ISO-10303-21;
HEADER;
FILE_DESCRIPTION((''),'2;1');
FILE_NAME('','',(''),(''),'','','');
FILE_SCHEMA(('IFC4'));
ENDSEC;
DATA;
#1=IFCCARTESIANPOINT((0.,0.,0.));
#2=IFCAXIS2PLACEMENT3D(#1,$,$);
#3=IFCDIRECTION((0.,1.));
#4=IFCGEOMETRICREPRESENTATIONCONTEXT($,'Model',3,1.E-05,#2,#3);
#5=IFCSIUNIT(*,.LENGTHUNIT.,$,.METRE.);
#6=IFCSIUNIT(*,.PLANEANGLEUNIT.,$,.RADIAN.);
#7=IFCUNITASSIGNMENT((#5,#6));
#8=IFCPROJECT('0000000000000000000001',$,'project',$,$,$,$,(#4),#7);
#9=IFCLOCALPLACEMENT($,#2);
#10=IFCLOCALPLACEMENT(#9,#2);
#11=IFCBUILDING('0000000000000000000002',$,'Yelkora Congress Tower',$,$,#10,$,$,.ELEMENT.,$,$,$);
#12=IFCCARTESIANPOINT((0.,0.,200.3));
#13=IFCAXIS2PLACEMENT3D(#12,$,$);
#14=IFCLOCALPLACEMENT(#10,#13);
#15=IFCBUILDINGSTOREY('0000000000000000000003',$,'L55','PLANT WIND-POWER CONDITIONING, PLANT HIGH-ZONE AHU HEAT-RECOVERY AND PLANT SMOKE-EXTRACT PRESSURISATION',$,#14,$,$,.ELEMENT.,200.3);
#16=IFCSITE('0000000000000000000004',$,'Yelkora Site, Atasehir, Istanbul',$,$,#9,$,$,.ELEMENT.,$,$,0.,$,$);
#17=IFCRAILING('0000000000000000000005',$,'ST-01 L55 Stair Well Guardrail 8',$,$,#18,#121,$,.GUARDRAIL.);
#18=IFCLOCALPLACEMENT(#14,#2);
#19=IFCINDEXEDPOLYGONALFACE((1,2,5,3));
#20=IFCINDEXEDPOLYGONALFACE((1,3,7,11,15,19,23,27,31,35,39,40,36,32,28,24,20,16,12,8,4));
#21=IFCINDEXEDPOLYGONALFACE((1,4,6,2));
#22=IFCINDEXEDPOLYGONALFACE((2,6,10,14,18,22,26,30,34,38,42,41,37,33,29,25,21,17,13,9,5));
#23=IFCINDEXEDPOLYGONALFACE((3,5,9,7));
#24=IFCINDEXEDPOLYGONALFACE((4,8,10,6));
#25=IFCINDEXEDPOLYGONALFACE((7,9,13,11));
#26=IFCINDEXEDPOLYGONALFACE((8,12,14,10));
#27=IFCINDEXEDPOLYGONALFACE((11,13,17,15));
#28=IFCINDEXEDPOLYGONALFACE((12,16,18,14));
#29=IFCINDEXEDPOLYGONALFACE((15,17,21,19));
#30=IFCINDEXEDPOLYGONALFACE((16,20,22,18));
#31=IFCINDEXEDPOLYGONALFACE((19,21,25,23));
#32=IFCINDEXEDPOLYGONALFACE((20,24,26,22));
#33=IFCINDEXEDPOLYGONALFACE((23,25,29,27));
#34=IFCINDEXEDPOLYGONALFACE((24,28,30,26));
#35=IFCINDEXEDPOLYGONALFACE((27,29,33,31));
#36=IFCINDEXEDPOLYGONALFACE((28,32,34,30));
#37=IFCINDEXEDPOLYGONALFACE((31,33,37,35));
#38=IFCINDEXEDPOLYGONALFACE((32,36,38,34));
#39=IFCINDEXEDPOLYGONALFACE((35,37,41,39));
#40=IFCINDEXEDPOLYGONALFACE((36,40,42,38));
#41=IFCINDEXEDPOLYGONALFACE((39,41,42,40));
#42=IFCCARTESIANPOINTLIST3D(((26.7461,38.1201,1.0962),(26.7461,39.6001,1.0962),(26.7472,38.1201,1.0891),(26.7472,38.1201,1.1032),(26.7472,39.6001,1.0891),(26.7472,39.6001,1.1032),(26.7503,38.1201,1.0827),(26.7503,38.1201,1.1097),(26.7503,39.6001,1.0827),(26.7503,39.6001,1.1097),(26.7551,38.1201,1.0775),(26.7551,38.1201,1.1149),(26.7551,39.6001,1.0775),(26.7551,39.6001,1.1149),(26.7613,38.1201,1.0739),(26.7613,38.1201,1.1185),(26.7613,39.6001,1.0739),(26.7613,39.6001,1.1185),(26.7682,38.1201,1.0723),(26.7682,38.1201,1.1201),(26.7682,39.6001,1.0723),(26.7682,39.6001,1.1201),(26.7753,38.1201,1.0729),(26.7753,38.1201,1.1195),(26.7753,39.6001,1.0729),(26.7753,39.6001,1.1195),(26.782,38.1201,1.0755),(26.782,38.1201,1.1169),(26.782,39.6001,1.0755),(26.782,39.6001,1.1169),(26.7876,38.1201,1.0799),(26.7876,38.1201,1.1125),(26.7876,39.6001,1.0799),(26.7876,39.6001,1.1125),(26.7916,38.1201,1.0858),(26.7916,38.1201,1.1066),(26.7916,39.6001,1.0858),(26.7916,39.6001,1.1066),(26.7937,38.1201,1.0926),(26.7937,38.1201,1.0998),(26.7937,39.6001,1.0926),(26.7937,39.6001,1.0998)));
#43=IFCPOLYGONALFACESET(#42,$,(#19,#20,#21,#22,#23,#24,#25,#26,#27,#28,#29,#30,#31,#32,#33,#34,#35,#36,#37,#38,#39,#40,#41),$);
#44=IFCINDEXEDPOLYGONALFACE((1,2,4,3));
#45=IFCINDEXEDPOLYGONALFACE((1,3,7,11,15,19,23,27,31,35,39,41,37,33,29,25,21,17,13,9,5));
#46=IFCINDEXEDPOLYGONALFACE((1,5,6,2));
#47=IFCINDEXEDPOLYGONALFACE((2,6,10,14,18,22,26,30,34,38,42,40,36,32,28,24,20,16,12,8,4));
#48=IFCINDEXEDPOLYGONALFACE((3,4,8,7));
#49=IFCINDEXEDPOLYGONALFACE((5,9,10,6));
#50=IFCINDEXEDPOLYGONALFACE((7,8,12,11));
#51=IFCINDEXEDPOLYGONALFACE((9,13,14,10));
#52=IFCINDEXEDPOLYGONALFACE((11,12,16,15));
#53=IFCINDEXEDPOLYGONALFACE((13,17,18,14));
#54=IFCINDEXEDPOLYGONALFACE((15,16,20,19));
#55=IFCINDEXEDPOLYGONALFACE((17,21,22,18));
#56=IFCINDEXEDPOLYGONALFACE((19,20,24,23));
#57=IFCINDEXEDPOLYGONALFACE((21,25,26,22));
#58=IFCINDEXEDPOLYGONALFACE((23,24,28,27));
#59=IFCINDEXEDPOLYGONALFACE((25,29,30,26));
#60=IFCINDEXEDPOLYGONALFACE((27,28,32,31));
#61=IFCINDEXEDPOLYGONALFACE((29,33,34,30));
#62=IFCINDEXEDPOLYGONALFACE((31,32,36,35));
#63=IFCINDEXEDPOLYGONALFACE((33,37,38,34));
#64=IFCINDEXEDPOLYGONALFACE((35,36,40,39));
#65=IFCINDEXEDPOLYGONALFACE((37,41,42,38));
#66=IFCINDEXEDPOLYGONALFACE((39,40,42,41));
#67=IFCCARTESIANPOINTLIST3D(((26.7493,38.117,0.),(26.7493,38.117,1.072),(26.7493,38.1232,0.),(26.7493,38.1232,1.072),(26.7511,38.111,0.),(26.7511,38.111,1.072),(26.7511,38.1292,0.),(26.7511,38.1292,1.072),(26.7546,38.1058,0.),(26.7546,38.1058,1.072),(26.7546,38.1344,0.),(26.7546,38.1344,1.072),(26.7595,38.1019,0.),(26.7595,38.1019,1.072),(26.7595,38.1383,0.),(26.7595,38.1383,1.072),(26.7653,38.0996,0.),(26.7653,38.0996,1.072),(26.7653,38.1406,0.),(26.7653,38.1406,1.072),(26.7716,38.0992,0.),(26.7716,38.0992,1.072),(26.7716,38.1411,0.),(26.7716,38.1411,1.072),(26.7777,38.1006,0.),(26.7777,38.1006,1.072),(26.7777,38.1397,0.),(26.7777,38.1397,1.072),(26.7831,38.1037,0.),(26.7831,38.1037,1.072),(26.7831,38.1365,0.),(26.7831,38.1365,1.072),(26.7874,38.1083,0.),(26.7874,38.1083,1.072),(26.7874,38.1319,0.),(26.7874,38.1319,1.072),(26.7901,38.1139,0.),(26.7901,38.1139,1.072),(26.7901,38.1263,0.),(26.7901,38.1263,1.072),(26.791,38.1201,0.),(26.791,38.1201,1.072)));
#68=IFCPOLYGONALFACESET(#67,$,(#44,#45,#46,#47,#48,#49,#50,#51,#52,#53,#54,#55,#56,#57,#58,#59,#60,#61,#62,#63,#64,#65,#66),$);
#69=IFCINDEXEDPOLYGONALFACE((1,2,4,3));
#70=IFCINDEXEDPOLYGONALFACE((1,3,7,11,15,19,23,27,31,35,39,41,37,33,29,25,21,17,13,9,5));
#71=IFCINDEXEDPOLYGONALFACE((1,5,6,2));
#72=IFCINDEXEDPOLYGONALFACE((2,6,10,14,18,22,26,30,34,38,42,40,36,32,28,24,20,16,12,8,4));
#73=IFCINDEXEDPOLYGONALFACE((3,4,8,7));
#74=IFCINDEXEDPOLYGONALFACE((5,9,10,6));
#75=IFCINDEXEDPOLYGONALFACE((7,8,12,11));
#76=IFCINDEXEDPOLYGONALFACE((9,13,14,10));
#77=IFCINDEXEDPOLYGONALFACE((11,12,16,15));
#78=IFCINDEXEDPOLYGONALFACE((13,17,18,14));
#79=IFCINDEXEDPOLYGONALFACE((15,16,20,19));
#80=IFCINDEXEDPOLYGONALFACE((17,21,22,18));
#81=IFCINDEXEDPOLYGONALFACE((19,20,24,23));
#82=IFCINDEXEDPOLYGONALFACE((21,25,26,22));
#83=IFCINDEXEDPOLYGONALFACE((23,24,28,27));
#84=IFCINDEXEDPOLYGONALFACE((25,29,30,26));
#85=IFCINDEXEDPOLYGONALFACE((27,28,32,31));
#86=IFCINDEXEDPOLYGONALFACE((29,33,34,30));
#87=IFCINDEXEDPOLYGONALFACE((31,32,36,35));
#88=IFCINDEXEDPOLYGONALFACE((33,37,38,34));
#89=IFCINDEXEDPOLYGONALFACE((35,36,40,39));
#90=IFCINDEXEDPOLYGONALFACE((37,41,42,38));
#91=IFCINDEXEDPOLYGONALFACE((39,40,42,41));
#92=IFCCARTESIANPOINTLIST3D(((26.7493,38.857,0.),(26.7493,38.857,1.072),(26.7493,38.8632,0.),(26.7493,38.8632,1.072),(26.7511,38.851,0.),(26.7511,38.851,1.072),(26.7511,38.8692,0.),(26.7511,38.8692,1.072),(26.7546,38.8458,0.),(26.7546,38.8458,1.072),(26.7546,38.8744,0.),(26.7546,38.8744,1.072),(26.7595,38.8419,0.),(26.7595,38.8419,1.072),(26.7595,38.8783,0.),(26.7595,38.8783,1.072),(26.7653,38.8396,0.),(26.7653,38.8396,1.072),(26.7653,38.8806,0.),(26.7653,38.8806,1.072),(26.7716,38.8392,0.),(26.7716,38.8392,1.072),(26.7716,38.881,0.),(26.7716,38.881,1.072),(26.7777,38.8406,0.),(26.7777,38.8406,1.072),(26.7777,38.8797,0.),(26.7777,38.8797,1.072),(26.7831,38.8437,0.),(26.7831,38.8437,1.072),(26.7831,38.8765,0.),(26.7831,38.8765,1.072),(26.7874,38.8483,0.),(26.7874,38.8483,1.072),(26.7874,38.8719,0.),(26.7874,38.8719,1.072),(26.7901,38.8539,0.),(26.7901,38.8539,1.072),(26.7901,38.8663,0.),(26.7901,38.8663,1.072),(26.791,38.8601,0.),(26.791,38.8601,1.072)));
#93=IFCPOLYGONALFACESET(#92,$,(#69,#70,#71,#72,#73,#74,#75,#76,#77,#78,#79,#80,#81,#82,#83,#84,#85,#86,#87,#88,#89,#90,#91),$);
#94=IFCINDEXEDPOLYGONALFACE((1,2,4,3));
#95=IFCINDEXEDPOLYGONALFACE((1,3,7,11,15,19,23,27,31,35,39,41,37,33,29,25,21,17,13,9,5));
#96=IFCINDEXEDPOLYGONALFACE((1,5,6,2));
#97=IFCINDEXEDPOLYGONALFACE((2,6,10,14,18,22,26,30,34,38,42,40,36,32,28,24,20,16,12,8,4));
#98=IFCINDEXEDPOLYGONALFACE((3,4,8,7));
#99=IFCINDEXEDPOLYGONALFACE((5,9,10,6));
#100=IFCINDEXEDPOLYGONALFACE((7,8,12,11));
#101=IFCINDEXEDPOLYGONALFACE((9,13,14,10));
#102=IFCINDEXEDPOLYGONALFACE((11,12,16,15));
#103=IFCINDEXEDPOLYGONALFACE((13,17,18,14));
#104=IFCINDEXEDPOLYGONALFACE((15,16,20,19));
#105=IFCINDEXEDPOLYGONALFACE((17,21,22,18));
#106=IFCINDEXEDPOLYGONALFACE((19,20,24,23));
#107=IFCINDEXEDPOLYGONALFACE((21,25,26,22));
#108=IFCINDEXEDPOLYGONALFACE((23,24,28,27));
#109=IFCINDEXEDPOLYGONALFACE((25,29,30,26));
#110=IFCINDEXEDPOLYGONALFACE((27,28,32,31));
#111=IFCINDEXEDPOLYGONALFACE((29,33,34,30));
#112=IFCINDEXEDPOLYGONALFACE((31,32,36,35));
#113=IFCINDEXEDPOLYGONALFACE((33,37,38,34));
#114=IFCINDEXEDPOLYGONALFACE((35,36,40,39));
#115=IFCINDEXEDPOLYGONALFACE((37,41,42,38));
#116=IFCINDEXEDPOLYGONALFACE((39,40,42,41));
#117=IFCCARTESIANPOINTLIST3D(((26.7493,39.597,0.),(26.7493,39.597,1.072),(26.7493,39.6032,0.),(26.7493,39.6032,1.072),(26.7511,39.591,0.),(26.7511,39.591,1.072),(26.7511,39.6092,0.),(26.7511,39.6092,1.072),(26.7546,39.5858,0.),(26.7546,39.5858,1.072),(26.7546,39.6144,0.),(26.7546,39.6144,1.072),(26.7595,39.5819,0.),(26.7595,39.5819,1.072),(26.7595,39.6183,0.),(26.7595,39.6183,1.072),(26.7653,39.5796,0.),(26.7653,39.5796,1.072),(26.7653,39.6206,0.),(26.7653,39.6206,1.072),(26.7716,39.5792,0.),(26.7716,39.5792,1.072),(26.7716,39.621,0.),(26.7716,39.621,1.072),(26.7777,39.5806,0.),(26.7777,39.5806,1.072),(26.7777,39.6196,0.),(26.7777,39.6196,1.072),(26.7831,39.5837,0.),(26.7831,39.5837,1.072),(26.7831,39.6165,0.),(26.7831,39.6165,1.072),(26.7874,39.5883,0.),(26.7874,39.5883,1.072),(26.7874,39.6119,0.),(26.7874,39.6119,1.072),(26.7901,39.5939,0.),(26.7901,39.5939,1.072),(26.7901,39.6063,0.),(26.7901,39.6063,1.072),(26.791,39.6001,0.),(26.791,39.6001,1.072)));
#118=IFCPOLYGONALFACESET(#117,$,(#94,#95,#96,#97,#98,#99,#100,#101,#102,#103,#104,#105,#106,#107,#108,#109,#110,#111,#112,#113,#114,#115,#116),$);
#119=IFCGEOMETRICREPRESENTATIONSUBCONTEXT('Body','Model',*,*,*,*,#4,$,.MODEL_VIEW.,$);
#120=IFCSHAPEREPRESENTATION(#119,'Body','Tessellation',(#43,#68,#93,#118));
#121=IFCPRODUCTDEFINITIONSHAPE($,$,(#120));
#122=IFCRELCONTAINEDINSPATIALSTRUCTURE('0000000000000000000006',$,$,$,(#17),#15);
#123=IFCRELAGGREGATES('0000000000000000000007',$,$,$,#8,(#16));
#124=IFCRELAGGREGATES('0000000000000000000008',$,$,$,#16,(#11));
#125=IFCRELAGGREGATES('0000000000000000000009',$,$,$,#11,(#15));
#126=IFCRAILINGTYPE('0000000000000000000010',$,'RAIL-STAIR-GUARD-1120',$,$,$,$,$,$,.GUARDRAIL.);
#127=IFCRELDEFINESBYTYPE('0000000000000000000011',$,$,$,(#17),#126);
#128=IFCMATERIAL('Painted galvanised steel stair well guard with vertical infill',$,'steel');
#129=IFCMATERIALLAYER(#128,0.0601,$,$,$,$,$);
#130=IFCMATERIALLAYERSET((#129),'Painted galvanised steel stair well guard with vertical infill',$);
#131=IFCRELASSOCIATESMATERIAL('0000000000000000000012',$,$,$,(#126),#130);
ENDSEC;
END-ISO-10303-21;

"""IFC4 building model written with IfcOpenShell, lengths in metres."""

from ifc_helpers import new_model, si_unit, direction, frame, origin, origin_2d, place, context, subcontext, project, spatial, circle, extrude, material, layer, layer_set, type_object, element, save


model = new_model("IFC4")

# Units and contexts
model_context = context("Model", 3, precision=1e-05, world=origin(), true_north=direction((0.0, 1.0)))
body_context = subcontext(model_context, "Body", "Model", "MODEL_VIEW")
ifc_project = project(units=[si_unit("LENGTHUNIT", "METRE"), si_unit("PLANEANGLEUNIT", "RADIAN")], contexts=[model_context])

# Site, building, storey
site_placement = place(None, origin())
site = spatial("IfcSite", under=ifc_project, at=site_placement, Name="Yelkora Site, Atasehir, Istanbul", CompositionType="ELEMENT", RefElevation=0.0)
building_placement = place(site_placement, origin())
building = spatial("IfcBuilding", under=site, at=building_placement, Name="Yelkora Congress Tower", CompositionType="ELEMENT")
storey_placement = place(building_placement, frame((0.0, 0.0, 200.3)))
storey = spatial("IfcBuildingStorey", under=building, at=storey_placement, Name="L55", Description="PLANT WIND-POWER CONDITIONING, PLANT HIGH-ZONE AHU HEAT-RECOVERY AND PLANT SMOKE-EXTRACT PRESSURISATION", CompositionType="ELEMENT", Elevation=200.3)

# Railing
ifc_material_1 = material(Name="Painted galvanised steel stair well guard with vertical infill", Category="steel")
ifc_layer_1 = layer(ifc_material_1, 0.0601)
ifc_layer_set_1 = layer_set([ifc_layer_1], Name="Painted galvanised steel stair well guard with vertical infill")
railing_type_1 = type_object("IfcRailingType", Name="RAIL-STAIR-GUARD-1120", PredefinedType="GUARDRAIL", material=ifc_layer_set_1)
railing_1_placement = place(storey_placement, frame((26.77, 38.1201, 0.0)))
element("IfcRailing", 1, at=railing_1_placement, inside=storey, type_object=railing_type_1, Name="ST-01 L55 Stair Well Guardrail 8", PredefinedType="GUARDRAIL", context=body_context, shape_type="SweptSolid", body=[
    extrude(circle(Radius=0.0239, at=origin_2d()), frame((0.0, 0.0, 1.0962), z_axis=(0.0, 1.0, 0.0), x_axis=(-1.0, 0.0, 0.0)), (0.0, 0.0, 1.0), 1.48),
    extrude(circle(Radius=0.021, at=origin_2d()), origin(), (0.0, 0.0, 1.0), 1.072),
    extrude(circle(Radius=0.021, at=origin_2d()), frame((0.0, 0.74, 0.0)), (0.0, 0.0, 1.0), 1.072),
    extrude(circle(Radius=0.021, at=origin_2d()), frame((0.0, 1.48, 0.0)), (0.0, 0.0, 1.0), 1.072),
])

save(model, "model.ifc")
